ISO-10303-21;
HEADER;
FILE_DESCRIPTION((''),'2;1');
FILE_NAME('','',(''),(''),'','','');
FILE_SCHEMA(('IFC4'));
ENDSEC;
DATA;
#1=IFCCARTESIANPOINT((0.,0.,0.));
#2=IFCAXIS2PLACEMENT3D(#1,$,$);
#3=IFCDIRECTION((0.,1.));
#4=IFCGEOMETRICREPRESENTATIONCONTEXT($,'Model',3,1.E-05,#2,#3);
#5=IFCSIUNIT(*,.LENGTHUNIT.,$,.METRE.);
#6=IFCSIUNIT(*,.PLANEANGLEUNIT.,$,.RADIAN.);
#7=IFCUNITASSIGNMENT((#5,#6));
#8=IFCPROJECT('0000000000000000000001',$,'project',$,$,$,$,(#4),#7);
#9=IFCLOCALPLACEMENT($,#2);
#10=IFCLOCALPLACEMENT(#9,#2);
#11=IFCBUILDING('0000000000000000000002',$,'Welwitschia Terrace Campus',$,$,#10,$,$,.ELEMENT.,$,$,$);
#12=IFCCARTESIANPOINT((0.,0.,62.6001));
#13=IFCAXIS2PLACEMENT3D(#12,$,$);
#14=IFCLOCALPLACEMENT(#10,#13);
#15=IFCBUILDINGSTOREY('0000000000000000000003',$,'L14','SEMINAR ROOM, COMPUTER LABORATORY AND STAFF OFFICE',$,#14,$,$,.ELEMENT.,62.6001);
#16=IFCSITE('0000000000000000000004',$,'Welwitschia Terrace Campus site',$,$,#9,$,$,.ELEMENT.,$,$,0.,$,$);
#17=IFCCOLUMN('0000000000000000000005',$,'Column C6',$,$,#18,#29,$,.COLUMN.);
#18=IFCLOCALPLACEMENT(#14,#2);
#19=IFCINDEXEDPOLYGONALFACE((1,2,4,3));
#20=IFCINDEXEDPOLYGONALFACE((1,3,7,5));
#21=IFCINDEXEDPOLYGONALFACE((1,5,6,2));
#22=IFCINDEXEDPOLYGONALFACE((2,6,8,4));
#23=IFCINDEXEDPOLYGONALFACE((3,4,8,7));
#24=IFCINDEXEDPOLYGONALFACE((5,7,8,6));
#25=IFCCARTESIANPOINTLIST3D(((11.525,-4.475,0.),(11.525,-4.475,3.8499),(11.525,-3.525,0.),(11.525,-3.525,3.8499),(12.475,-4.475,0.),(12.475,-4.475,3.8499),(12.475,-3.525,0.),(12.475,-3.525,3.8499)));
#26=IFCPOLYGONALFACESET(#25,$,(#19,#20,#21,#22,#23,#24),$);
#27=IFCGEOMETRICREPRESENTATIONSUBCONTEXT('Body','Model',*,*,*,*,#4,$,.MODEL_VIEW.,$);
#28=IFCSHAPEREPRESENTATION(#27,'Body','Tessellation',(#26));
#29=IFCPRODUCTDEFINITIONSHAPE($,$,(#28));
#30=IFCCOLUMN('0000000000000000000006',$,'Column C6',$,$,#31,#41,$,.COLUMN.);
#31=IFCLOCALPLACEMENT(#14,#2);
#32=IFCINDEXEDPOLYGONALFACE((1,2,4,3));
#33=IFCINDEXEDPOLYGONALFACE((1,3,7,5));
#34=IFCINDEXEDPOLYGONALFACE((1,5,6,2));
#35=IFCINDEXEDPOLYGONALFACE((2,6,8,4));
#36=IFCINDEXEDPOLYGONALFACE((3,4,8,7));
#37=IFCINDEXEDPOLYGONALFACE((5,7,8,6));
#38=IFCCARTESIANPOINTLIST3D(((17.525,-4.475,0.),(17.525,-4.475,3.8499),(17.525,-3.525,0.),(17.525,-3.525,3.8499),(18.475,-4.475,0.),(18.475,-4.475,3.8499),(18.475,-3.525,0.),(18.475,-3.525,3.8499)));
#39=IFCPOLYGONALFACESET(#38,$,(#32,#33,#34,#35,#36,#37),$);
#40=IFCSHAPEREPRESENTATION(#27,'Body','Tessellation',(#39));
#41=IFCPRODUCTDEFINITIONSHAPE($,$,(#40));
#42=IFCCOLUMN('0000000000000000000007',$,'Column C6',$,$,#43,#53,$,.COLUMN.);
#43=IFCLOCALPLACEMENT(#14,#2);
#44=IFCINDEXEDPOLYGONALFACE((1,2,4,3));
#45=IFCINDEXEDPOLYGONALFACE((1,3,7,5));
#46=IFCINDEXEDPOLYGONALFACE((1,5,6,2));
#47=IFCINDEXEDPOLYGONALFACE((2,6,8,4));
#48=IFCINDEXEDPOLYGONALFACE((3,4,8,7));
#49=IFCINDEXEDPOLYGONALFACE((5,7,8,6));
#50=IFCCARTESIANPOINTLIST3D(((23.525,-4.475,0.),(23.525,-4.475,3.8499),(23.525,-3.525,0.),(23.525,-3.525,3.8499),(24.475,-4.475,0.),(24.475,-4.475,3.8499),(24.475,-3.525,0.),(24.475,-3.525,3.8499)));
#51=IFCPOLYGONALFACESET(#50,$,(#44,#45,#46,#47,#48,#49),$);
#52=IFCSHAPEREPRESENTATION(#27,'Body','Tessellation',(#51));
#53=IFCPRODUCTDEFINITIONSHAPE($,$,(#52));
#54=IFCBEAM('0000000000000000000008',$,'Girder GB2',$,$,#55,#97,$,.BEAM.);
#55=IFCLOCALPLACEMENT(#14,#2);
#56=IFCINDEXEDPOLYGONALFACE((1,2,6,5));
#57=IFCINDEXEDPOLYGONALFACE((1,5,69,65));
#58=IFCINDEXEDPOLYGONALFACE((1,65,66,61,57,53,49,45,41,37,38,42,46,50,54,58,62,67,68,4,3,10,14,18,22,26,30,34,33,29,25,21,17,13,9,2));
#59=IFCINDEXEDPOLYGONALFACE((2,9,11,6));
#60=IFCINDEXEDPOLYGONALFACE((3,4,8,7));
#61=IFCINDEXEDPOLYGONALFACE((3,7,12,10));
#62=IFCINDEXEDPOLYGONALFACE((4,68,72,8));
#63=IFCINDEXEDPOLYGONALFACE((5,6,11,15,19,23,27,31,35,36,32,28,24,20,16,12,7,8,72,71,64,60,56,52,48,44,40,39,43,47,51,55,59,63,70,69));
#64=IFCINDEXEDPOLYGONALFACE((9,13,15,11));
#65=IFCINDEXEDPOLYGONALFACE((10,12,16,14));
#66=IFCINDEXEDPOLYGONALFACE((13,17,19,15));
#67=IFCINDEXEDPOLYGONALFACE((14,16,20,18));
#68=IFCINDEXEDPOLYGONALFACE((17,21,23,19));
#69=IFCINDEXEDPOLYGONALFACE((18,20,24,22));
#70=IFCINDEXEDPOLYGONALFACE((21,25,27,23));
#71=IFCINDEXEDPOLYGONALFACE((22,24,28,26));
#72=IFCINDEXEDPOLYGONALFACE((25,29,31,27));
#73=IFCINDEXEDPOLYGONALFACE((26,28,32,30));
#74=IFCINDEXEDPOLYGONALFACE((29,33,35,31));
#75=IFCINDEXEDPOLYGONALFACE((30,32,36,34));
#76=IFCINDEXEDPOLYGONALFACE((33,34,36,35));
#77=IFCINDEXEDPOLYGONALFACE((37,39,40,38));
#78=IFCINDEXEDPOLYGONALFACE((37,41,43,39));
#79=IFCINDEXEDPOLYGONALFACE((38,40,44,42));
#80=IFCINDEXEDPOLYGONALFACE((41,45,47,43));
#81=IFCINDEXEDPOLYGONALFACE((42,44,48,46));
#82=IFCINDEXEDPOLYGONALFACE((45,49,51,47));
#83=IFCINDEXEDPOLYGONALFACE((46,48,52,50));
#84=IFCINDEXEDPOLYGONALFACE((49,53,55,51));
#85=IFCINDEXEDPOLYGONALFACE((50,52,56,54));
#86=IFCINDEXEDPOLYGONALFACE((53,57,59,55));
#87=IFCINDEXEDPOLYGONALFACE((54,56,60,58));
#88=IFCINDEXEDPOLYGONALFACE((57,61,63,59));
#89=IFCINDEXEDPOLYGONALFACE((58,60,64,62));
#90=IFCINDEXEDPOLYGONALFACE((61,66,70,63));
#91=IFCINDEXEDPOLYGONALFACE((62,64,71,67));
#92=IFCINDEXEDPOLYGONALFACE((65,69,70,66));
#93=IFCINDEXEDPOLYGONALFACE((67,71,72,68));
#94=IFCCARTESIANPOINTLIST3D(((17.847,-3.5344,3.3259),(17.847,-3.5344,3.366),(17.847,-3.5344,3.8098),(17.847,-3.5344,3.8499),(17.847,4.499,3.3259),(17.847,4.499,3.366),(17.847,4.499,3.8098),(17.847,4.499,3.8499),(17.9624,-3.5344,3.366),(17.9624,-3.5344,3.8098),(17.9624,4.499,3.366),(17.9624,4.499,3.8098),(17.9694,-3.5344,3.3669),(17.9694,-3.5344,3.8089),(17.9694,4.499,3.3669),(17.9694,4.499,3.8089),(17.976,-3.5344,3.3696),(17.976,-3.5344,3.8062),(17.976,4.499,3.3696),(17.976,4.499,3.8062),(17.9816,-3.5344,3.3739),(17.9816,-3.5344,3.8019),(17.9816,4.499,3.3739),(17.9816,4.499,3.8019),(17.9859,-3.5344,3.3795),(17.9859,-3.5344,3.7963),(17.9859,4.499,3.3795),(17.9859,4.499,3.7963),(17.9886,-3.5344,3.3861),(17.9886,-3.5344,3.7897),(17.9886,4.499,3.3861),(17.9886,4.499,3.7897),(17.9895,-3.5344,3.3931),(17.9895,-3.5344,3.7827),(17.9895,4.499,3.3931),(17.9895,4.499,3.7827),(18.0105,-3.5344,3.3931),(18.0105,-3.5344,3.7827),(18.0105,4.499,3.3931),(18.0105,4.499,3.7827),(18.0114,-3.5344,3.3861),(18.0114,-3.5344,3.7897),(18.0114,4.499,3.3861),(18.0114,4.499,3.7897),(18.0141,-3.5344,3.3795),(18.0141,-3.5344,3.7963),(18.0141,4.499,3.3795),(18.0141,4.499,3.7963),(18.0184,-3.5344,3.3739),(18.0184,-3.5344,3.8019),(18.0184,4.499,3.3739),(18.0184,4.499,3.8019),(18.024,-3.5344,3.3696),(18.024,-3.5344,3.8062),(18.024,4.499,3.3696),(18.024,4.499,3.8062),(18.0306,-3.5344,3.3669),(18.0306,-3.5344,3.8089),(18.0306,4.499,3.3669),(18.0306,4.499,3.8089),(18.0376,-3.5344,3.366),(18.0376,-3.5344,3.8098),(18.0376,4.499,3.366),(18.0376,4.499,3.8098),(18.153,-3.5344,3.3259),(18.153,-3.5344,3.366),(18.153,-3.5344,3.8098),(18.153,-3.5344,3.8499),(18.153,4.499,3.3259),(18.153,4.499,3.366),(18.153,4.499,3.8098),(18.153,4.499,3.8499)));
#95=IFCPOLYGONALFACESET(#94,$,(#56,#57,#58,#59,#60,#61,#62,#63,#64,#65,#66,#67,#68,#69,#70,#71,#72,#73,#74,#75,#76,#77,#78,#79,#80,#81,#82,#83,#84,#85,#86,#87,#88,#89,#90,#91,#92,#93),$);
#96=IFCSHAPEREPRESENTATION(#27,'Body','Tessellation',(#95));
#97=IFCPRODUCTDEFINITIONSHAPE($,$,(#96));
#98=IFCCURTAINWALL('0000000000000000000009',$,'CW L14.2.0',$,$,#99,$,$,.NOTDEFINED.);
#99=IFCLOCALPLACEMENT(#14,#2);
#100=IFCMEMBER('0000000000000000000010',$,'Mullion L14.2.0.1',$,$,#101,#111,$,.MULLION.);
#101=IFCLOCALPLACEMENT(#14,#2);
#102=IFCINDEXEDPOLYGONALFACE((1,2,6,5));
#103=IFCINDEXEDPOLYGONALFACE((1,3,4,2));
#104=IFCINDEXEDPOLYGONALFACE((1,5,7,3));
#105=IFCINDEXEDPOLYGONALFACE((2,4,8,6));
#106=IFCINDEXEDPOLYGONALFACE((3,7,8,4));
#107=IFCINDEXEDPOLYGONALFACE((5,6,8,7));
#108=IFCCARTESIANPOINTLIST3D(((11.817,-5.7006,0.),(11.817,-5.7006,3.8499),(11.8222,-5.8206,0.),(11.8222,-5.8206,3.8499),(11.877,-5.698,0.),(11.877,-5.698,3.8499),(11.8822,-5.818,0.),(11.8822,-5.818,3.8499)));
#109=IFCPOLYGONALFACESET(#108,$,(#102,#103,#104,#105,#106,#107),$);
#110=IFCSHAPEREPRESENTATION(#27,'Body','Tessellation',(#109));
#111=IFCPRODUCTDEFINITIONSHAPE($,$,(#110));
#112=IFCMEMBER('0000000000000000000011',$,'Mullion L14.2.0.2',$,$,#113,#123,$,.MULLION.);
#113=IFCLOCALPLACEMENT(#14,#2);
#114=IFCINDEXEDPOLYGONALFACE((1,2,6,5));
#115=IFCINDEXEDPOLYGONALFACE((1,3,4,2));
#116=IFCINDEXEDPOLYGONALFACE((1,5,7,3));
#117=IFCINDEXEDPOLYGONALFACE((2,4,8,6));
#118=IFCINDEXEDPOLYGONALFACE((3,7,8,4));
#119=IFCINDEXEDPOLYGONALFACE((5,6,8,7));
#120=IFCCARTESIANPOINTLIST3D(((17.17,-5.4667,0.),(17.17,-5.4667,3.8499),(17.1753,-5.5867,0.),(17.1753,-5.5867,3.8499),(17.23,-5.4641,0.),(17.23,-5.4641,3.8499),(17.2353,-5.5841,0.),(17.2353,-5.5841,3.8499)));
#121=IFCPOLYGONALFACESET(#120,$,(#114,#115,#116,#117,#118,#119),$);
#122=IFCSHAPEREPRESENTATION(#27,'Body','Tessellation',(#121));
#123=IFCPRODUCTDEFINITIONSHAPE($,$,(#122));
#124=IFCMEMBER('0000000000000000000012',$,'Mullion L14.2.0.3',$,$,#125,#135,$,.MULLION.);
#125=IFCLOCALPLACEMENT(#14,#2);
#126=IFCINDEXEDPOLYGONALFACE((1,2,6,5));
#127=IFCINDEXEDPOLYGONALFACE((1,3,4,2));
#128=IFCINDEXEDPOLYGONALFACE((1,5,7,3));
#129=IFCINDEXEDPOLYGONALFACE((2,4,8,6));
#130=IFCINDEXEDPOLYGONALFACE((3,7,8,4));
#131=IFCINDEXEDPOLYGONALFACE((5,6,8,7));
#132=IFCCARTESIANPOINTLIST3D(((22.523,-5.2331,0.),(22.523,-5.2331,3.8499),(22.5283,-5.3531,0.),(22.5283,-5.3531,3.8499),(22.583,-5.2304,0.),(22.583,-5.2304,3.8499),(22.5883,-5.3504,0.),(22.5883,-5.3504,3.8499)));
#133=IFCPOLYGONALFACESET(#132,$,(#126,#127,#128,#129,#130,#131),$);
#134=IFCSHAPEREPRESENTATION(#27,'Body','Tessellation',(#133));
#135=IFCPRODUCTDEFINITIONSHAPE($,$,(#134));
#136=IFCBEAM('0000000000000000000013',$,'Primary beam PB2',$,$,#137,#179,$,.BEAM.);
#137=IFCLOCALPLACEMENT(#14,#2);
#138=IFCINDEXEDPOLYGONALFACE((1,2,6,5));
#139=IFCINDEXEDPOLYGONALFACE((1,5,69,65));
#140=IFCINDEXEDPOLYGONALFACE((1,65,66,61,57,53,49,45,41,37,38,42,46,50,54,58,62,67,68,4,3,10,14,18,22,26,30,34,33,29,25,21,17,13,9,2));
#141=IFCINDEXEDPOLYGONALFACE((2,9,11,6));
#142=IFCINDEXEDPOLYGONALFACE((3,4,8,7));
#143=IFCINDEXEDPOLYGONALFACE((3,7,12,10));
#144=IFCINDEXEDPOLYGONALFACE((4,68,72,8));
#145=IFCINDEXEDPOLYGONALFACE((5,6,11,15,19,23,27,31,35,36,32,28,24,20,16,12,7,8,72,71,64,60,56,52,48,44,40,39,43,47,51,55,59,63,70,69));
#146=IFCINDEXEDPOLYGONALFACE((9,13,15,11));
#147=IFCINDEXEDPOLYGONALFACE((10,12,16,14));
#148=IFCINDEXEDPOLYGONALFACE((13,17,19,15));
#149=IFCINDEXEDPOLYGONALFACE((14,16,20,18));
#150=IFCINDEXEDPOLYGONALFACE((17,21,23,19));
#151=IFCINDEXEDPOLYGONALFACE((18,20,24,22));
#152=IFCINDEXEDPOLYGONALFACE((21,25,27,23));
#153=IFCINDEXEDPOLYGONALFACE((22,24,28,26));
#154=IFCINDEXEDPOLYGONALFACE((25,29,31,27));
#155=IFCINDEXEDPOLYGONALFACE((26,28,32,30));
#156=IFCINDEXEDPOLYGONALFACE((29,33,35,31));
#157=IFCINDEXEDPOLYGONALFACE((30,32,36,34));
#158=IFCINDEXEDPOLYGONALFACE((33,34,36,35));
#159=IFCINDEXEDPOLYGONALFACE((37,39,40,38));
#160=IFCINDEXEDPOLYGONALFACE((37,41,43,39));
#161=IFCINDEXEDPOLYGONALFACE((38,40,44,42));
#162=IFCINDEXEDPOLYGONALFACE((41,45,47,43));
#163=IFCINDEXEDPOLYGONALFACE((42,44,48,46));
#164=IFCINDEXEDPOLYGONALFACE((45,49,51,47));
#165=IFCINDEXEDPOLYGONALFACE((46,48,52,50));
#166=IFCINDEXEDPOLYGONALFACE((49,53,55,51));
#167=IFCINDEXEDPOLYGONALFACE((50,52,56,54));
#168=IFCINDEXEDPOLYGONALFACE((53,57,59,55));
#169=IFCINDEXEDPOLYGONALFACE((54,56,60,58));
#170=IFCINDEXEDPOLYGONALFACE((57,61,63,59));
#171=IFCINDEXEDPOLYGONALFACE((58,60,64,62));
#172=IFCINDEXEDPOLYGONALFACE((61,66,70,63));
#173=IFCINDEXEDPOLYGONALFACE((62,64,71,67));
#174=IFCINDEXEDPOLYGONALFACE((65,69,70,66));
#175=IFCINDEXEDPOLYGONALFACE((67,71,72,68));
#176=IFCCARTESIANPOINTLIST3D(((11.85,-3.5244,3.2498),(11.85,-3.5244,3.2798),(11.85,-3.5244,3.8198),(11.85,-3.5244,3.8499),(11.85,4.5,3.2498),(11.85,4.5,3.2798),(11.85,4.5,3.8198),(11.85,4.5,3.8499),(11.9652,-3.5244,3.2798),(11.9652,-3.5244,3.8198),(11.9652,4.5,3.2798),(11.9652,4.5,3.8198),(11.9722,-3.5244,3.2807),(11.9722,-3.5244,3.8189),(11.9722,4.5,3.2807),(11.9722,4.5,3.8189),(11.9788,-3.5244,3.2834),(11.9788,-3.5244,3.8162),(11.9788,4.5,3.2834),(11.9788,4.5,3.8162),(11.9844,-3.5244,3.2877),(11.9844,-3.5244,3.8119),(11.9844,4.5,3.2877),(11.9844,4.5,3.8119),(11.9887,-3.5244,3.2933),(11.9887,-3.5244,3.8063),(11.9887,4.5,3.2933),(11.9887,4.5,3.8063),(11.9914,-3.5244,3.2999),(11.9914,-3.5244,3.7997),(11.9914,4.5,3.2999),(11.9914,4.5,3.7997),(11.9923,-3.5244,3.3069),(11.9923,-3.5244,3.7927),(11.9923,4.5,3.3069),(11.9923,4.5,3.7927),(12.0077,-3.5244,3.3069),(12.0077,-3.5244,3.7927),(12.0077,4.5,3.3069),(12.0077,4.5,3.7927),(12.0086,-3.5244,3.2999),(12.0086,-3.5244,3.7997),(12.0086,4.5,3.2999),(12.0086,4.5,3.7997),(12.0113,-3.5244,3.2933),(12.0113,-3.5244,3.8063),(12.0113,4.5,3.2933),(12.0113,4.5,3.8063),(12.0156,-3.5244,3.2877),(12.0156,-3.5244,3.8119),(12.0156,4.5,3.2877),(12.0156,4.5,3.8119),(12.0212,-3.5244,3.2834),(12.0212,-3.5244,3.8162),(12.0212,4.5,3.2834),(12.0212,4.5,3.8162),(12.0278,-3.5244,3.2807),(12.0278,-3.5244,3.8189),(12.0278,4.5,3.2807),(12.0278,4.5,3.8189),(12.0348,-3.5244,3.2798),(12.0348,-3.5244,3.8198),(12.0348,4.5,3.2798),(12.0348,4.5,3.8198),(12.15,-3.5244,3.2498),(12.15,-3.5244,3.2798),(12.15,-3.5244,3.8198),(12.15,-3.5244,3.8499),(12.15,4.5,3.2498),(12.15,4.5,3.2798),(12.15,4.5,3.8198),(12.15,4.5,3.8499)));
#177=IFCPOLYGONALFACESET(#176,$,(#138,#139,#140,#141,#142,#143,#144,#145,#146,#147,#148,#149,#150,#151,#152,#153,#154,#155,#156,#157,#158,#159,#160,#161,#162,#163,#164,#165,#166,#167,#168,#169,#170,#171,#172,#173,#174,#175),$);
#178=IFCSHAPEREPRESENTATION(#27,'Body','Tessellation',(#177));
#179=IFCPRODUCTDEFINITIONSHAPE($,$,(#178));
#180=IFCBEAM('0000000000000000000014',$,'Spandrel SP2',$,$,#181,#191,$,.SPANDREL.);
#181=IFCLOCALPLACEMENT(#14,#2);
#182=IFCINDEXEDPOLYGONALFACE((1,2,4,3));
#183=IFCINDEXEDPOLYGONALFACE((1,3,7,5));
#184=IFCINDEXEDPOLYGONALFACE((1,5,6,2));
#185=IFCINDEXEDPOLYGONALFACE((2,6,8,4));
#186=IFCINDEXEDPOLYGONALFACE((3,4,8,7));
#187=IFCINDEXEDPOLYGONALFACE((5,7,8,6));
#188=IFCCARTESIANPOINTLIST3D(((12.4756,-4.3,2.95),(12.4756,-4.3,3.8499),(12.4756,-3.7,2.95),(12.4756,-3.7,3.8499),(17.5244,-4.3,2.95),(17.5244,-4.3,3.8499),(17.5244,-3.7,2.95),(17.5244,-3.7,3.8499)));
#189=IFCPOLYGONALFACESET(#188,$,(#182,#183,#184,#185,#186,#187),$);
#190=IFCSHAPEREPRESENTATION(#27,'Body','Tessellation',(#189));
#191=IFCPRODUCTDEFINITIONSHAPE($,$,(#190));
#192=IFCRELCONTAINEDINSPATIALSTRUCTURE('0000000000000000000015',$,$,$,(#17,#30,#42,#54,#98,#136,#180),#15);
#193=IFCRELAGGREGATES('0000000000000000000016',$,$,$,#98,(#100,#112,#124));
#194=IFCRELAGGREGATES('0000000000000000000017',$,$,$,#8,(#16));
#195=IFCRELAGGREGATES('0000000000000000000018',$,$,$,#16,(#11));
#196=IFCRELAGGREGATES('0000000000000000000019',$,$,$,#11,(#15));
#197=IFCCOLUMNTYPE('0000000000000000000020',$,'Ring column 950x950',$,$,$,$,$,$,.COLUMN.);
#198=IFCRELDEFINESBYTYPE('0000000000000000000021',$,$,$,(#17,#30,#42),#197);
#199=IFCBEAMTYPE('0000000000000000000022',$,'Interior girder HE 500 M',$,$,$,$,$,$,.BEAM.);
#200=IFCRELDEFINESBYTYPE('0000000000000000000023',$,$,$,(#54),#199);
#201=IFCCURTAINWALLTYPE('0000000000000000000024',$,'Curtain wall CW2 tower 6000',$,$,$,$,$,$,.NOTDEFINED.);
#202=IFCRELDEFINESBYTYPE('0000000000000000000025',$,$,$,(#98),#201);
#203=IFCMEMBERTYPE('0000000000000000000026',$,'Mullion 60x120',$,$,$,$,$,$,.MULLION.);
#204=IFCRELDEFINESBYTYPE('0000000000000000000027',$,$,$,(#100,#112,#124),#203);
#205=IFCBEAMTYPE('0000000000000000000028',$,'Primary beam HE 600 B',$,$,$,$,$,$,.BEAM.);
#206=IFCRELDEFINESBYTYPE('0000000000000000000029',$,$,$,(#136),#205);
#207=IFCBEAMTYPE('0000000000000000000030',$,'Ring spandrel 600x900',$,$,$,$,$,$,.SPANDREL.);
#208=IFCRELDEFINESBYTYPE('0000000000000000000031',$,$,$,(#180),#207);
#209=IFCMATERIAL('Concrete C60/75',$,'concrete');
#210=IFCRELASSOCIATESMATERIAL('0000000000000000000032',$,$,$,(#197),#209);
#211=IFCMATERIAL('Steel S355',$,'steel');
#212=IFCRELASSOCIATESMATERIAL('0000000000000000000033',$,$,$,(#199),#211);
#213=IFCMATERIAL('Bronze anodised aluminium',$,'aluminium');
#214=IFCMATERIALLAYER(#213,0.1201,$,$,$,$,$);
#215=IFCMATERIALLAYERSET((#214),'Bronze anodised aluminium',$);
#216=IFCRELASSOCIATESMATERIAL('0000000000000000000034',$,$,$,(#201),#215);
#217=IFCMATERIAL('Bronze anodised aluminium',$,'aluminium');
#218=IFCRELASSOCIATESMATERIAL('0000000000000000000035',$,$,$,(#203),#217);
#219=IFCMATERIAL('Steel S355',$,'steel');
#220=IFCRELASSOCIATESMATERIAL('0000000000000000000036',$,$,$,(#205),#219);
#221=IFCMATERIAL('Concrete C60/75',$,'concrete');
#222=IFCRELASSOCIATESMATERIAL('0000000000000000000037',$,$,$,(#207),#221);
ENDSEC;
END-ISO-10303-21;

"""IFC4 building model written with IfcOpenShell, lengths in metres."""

from ifc_helpers import new_model, si_unit, direction, frame, origin, origin_2d, place, context, subcontext, project, spatial, rectangle, i_section, extrude, material, layer, layer_set, material_profile, profile_set, type_object, element, aggregate, save


model = new_model("IFC4")

# Units and contexts
model_context = context("Model", 3, precision=1e-05, world=origin(), true_north=direction((0.0, 1.0)))
body_context = subcontext(model_context, "Body", "Model", "MODEL_VIEW")
ifc_project = project(units=[si_unit("LENGTHUNIT", "METRE"), si_unit("PLANEANGLEUNIT", "RADIAN")], contexts=[model_context])

# Site, building, storey
site_placement = place(None, origin())
site = spatial("IfcSite", under=ifc_project, at=site_placement, Name="Welwitschia Terrace Campus site", CompositionType="ELEMENT", RefElevation=0.0)
building_placement = place(site_placement, origin())
building = spatial("IfcBuilding", under=site, at=building_placement, Name="Welwitschia Terrace Campus", CompositionType="ELEMENT")
storey_placement = place(building_placement, frame((0.0, 0.0, 62.6001)))
storey = spatial("IfcBuildingStorey", under=building, at=storey_placement, Name="L14", Description="SEMINAR ROOM, COMPUTER LABORATORY AND STAFF OFFICE", CompositionType="ELEMENT", Elevation=62.6001)

# Columns
ifc_material_1 = material(Name="Concrete C60/75", Category="concrete")
ifc_material_profile_1 = material_profile(ifc_material_1, rectangle(XDim=0.95, YDim=0.95, at=origin_2d()))
ifc_profile_set_1 = profile_set([ifc_material_profile_1], Name="Concrete C60/75")
column_type = type_object("IfcColumnType", Name="Ring column 950x950", PredefinedType="COLUMN", material=ifc_profile_set_1)
for number, where, z_axis, x_axis, name in (
    (1, (12.0, -4.0, 0.0), (0.0, 0.0, 1.0), (1.0, 0.0, 0.0), "Column C6"),
    (2, (18.0, -4.0, 0.0), (0.0, 0.0, 1.0), (1.0, 0.0, 0.0), "Column C6"),
    (3, (24.0, -4.0, 0.0), (0.0, 0.0, 1.0), (1.0, 0.0, 0.0), "Column C6"),
):
    element("IfcColumn", number, at=place(storey_placement, frame(where, z_axis=z_axis, x_axis=x_axis)), inside=storey, type_object=column_type, Name=name, PredefinedType="COLUMN", context=body_context, shape_type="SweptSolid", body=[
        extrude(rectangle(XDim=0.95, YDim=0.95, at=origin_2d()), origin(), (0.0, 0.0, 1.0), 3.8499),
    ])

# Beam
ifc_material_2 = material(Name="Steel S355", Category="steel")
ifc_material_profile_2 = material_profile(ifc_material_2, i_section(OverallWidth=0.3059, OverallDepth=0.5239, WebThickness=0.021, FlangeThickness=0.04, FilletRadius=0.0271, at=origin_2d()))
ifc_profile_set_2 = profile_set([ifc_material_profile_2], Name="Steel S355")
beam_type_1 = type_object("IfcBeamType", Name="Interior girder HE 500 M", PredefinedType="BEAM", material=ifc_profile_set_2)
beam_1_placement = place(storey_placement, frame((18.0, -3.5344, 3.5879), z_axis=(0.0, 1.0, 0.0), x_axis=(-1.0, 0.0, 0.0)))
element("IfcBeam", 4, at=beam_1_placement, inside=storey, type_object=beam_type_1, Name="Girder GB2", PredefinedType="BEAM", context=body_context, shape_type="SweptSolid", body=[
    extrude(i_section(OverallWidth=0.3059, OverallDepth=0.5239, WebThickness=0.021, FlangeThickness=0.04, FilletRadius=0.0271, at=origin_2d()), origin(), (0.0, 0.0, 1.0), 8.0334),
])

# Curtain wall, members
ifc_material_3 = material(Name="Bronze anodised aluminium", Category="aluminium")
ifc_layer_1 = layer(ifc_material_3, 0.1201)
ifc_layer_set_1 = layer_set([ifc_layer_1], Name="Bronze anodised aluminium")
curtain_wall_type = type_object("IfcCurtainWallType", Name="Curtain wall CW2 tower 6000", PredefinedType="NOTDEFINED", material=ifc_layer_set_1)
curtain_wall_placement = place(storey_placement, origin())
curtain_wall = element("IfcCurtainWall", 5, at=curtain_wall_placement, inside=storey, type_object=curtain_wall_type, Name="CW L14.2.0", PredefinedType="NOTDEFINED")
ifc_material_4 = material(Name="Bronze anodised aluminium", Category="aluminium")
ifc_material_profile_3 = material_profile(ifc_material_4, rectangle(XDim=0.1201, YDim=0.0601, at=origin_2d()))
ifc_profile_set_3 = profile_set([ifc_material_profile_3], Name="Bronze anodised aluminium")
member_type = type_object("IfcMemberType", Name="Mullion 60x120", PredefinedType="MULLION", material=ifc_profile_set_3)
member_1_placement = place(storey_placement, frame((11.8496, -5.7593, 0.0), z_axis=(0.0, 0.0, 1.0), x_axis=(-0.043619, 0.999048, 0.0)))
member_1 = element("IfcMember", 6, at=member_1_placement, type_object=member_type, Name="Mullion L14.2.0.1", PredefinedType="MULLION", context=body_context, shape_type="SweptSolid", body=[
    extrude(rectangle(XDim=0.1201, YDim=0.0601, at=origin_2d()), origin(), (0.0, 0.0, 1.0), 3.8499),
])
member_2_placement = place(storey_placement, frame((17.2026, -5.5254, 0.0), z_axis=(0.0, 0.0, 1.0), x_axis=(-0.043619, 0.999048, 0.0)))
member_2 = element("IfcMember", 7, at=member_2_placement, type_object=member_type, Name="Mullion L14.2.0.2", PredefinedType="MULLION", context=body_context, shape_type="SweptSolid", body=[
    extrude(rectangle(XDim=0.1201, YDim=0.0601, at=origin_2d()), origin(), (0.0, 0.0, 1.0), 3.8499),
])
member_3_placement = place(storey_placement, frame((22.5557, -5.2917, 0.0), z_axis=(0.0, 0.0, 1.0), x_axis=(-0.043619, 0.999048, 0.0)))
member_3 = element("IfcMember", 8, at=member_3_placement, type_object=member_type, Name="Mullion L14.2.0.3", PredefinedType="MULLION", context=body_context, shape_type="SweptSolid", body=[
    extrude(rectangle(XDim=0.1201, YDim=0.0601, at=origin_2d()), origin(), (0.0, 0.0, 1.0), 3.8499),
])

# Beams
ifc_material_5 = material(Name="Steel S355", Category="steel")
ifc_material_profile_4 = material_profile(ifc_material_5, i_section(OverallWidth=0.3, OverallDepth=0.6001, WebThickness=0.0154, FlangeThickness=0.03, FilletRadius=0.0271, at=origin_2d()))
ifc_profile_set_4 = profile_set([ifc_material_profile_4], Name="Steel S355")
beam_type_2 = type_object("IfcBeamType", Name="Primary beam HE 600 B", PredefinedType="BEAM", material=ifc_profile_set_4)
beam_2_placement = place(storey_placement, frame((12.0, -3.5244, 3.5498), z_axis=(0.0, 1.0, 0.0), x_axis=(-1.0, 0.0, 0.0)))
element("IfcBeam", 9, at=beam_2_placement, inside=storey, type_object=beam_type_2, Name="Primary beam PB2", PredefinedType="BEAM", context=body_context, shape_type="SweptSolid", body=[
    extrude(i_section(OverallWidth=0.3, OverallDepth=0.6001, WebThickness=0.0154, FlangeThickness=0.03, FilletRadius=0.0271, at=origin_2d()), origin(), (0.0, 0.0, 1.0), 8.0244),
])
ifc_material_6 = material(Name="Concrete C60/75", Category="concrete")
ifc_material_profile_5 = material_profile(ifc_material_6, rectangle(XDim=0.6001, YDim=0.8999, at=origin_2d()))
ifc_profile_set_5 = profile_set([ifc_material_profile_5], Name="Concrete C60/75")
beam_type_3 = type_object("IfcBeamType", Name="Ring spandrel 600x900", PredefinedType="SPANDREL", material=ifc_profile_set_5)
for number, where, z_axis, x_axis, name in (
    (10, (12.4756, -4.0, 3.3999), (1.0, 0.0, 0.0), (0.0, 1.0, 0.0), "Spandrel SP2"),
):
    element("IfcBeam", number, at=place(storey_placement, frame(where, z_axis=z_axis, x_axis=x_axis)), inside=storey, type_object=beam_type_3, Name=name, PredefinedType="SPANDREL", context=body_context, shape_type="SweptSolid", body=[
        extrude(rectangle(XDim=0.6001, YDim=0.8999, at=origin_2d()), origin(), (0.0, 0.0, 1.0), 5.0488),
    ])

aggregate(curtain_wall, [member_1, member_2, member_3])

save(model, "model.ifc")
